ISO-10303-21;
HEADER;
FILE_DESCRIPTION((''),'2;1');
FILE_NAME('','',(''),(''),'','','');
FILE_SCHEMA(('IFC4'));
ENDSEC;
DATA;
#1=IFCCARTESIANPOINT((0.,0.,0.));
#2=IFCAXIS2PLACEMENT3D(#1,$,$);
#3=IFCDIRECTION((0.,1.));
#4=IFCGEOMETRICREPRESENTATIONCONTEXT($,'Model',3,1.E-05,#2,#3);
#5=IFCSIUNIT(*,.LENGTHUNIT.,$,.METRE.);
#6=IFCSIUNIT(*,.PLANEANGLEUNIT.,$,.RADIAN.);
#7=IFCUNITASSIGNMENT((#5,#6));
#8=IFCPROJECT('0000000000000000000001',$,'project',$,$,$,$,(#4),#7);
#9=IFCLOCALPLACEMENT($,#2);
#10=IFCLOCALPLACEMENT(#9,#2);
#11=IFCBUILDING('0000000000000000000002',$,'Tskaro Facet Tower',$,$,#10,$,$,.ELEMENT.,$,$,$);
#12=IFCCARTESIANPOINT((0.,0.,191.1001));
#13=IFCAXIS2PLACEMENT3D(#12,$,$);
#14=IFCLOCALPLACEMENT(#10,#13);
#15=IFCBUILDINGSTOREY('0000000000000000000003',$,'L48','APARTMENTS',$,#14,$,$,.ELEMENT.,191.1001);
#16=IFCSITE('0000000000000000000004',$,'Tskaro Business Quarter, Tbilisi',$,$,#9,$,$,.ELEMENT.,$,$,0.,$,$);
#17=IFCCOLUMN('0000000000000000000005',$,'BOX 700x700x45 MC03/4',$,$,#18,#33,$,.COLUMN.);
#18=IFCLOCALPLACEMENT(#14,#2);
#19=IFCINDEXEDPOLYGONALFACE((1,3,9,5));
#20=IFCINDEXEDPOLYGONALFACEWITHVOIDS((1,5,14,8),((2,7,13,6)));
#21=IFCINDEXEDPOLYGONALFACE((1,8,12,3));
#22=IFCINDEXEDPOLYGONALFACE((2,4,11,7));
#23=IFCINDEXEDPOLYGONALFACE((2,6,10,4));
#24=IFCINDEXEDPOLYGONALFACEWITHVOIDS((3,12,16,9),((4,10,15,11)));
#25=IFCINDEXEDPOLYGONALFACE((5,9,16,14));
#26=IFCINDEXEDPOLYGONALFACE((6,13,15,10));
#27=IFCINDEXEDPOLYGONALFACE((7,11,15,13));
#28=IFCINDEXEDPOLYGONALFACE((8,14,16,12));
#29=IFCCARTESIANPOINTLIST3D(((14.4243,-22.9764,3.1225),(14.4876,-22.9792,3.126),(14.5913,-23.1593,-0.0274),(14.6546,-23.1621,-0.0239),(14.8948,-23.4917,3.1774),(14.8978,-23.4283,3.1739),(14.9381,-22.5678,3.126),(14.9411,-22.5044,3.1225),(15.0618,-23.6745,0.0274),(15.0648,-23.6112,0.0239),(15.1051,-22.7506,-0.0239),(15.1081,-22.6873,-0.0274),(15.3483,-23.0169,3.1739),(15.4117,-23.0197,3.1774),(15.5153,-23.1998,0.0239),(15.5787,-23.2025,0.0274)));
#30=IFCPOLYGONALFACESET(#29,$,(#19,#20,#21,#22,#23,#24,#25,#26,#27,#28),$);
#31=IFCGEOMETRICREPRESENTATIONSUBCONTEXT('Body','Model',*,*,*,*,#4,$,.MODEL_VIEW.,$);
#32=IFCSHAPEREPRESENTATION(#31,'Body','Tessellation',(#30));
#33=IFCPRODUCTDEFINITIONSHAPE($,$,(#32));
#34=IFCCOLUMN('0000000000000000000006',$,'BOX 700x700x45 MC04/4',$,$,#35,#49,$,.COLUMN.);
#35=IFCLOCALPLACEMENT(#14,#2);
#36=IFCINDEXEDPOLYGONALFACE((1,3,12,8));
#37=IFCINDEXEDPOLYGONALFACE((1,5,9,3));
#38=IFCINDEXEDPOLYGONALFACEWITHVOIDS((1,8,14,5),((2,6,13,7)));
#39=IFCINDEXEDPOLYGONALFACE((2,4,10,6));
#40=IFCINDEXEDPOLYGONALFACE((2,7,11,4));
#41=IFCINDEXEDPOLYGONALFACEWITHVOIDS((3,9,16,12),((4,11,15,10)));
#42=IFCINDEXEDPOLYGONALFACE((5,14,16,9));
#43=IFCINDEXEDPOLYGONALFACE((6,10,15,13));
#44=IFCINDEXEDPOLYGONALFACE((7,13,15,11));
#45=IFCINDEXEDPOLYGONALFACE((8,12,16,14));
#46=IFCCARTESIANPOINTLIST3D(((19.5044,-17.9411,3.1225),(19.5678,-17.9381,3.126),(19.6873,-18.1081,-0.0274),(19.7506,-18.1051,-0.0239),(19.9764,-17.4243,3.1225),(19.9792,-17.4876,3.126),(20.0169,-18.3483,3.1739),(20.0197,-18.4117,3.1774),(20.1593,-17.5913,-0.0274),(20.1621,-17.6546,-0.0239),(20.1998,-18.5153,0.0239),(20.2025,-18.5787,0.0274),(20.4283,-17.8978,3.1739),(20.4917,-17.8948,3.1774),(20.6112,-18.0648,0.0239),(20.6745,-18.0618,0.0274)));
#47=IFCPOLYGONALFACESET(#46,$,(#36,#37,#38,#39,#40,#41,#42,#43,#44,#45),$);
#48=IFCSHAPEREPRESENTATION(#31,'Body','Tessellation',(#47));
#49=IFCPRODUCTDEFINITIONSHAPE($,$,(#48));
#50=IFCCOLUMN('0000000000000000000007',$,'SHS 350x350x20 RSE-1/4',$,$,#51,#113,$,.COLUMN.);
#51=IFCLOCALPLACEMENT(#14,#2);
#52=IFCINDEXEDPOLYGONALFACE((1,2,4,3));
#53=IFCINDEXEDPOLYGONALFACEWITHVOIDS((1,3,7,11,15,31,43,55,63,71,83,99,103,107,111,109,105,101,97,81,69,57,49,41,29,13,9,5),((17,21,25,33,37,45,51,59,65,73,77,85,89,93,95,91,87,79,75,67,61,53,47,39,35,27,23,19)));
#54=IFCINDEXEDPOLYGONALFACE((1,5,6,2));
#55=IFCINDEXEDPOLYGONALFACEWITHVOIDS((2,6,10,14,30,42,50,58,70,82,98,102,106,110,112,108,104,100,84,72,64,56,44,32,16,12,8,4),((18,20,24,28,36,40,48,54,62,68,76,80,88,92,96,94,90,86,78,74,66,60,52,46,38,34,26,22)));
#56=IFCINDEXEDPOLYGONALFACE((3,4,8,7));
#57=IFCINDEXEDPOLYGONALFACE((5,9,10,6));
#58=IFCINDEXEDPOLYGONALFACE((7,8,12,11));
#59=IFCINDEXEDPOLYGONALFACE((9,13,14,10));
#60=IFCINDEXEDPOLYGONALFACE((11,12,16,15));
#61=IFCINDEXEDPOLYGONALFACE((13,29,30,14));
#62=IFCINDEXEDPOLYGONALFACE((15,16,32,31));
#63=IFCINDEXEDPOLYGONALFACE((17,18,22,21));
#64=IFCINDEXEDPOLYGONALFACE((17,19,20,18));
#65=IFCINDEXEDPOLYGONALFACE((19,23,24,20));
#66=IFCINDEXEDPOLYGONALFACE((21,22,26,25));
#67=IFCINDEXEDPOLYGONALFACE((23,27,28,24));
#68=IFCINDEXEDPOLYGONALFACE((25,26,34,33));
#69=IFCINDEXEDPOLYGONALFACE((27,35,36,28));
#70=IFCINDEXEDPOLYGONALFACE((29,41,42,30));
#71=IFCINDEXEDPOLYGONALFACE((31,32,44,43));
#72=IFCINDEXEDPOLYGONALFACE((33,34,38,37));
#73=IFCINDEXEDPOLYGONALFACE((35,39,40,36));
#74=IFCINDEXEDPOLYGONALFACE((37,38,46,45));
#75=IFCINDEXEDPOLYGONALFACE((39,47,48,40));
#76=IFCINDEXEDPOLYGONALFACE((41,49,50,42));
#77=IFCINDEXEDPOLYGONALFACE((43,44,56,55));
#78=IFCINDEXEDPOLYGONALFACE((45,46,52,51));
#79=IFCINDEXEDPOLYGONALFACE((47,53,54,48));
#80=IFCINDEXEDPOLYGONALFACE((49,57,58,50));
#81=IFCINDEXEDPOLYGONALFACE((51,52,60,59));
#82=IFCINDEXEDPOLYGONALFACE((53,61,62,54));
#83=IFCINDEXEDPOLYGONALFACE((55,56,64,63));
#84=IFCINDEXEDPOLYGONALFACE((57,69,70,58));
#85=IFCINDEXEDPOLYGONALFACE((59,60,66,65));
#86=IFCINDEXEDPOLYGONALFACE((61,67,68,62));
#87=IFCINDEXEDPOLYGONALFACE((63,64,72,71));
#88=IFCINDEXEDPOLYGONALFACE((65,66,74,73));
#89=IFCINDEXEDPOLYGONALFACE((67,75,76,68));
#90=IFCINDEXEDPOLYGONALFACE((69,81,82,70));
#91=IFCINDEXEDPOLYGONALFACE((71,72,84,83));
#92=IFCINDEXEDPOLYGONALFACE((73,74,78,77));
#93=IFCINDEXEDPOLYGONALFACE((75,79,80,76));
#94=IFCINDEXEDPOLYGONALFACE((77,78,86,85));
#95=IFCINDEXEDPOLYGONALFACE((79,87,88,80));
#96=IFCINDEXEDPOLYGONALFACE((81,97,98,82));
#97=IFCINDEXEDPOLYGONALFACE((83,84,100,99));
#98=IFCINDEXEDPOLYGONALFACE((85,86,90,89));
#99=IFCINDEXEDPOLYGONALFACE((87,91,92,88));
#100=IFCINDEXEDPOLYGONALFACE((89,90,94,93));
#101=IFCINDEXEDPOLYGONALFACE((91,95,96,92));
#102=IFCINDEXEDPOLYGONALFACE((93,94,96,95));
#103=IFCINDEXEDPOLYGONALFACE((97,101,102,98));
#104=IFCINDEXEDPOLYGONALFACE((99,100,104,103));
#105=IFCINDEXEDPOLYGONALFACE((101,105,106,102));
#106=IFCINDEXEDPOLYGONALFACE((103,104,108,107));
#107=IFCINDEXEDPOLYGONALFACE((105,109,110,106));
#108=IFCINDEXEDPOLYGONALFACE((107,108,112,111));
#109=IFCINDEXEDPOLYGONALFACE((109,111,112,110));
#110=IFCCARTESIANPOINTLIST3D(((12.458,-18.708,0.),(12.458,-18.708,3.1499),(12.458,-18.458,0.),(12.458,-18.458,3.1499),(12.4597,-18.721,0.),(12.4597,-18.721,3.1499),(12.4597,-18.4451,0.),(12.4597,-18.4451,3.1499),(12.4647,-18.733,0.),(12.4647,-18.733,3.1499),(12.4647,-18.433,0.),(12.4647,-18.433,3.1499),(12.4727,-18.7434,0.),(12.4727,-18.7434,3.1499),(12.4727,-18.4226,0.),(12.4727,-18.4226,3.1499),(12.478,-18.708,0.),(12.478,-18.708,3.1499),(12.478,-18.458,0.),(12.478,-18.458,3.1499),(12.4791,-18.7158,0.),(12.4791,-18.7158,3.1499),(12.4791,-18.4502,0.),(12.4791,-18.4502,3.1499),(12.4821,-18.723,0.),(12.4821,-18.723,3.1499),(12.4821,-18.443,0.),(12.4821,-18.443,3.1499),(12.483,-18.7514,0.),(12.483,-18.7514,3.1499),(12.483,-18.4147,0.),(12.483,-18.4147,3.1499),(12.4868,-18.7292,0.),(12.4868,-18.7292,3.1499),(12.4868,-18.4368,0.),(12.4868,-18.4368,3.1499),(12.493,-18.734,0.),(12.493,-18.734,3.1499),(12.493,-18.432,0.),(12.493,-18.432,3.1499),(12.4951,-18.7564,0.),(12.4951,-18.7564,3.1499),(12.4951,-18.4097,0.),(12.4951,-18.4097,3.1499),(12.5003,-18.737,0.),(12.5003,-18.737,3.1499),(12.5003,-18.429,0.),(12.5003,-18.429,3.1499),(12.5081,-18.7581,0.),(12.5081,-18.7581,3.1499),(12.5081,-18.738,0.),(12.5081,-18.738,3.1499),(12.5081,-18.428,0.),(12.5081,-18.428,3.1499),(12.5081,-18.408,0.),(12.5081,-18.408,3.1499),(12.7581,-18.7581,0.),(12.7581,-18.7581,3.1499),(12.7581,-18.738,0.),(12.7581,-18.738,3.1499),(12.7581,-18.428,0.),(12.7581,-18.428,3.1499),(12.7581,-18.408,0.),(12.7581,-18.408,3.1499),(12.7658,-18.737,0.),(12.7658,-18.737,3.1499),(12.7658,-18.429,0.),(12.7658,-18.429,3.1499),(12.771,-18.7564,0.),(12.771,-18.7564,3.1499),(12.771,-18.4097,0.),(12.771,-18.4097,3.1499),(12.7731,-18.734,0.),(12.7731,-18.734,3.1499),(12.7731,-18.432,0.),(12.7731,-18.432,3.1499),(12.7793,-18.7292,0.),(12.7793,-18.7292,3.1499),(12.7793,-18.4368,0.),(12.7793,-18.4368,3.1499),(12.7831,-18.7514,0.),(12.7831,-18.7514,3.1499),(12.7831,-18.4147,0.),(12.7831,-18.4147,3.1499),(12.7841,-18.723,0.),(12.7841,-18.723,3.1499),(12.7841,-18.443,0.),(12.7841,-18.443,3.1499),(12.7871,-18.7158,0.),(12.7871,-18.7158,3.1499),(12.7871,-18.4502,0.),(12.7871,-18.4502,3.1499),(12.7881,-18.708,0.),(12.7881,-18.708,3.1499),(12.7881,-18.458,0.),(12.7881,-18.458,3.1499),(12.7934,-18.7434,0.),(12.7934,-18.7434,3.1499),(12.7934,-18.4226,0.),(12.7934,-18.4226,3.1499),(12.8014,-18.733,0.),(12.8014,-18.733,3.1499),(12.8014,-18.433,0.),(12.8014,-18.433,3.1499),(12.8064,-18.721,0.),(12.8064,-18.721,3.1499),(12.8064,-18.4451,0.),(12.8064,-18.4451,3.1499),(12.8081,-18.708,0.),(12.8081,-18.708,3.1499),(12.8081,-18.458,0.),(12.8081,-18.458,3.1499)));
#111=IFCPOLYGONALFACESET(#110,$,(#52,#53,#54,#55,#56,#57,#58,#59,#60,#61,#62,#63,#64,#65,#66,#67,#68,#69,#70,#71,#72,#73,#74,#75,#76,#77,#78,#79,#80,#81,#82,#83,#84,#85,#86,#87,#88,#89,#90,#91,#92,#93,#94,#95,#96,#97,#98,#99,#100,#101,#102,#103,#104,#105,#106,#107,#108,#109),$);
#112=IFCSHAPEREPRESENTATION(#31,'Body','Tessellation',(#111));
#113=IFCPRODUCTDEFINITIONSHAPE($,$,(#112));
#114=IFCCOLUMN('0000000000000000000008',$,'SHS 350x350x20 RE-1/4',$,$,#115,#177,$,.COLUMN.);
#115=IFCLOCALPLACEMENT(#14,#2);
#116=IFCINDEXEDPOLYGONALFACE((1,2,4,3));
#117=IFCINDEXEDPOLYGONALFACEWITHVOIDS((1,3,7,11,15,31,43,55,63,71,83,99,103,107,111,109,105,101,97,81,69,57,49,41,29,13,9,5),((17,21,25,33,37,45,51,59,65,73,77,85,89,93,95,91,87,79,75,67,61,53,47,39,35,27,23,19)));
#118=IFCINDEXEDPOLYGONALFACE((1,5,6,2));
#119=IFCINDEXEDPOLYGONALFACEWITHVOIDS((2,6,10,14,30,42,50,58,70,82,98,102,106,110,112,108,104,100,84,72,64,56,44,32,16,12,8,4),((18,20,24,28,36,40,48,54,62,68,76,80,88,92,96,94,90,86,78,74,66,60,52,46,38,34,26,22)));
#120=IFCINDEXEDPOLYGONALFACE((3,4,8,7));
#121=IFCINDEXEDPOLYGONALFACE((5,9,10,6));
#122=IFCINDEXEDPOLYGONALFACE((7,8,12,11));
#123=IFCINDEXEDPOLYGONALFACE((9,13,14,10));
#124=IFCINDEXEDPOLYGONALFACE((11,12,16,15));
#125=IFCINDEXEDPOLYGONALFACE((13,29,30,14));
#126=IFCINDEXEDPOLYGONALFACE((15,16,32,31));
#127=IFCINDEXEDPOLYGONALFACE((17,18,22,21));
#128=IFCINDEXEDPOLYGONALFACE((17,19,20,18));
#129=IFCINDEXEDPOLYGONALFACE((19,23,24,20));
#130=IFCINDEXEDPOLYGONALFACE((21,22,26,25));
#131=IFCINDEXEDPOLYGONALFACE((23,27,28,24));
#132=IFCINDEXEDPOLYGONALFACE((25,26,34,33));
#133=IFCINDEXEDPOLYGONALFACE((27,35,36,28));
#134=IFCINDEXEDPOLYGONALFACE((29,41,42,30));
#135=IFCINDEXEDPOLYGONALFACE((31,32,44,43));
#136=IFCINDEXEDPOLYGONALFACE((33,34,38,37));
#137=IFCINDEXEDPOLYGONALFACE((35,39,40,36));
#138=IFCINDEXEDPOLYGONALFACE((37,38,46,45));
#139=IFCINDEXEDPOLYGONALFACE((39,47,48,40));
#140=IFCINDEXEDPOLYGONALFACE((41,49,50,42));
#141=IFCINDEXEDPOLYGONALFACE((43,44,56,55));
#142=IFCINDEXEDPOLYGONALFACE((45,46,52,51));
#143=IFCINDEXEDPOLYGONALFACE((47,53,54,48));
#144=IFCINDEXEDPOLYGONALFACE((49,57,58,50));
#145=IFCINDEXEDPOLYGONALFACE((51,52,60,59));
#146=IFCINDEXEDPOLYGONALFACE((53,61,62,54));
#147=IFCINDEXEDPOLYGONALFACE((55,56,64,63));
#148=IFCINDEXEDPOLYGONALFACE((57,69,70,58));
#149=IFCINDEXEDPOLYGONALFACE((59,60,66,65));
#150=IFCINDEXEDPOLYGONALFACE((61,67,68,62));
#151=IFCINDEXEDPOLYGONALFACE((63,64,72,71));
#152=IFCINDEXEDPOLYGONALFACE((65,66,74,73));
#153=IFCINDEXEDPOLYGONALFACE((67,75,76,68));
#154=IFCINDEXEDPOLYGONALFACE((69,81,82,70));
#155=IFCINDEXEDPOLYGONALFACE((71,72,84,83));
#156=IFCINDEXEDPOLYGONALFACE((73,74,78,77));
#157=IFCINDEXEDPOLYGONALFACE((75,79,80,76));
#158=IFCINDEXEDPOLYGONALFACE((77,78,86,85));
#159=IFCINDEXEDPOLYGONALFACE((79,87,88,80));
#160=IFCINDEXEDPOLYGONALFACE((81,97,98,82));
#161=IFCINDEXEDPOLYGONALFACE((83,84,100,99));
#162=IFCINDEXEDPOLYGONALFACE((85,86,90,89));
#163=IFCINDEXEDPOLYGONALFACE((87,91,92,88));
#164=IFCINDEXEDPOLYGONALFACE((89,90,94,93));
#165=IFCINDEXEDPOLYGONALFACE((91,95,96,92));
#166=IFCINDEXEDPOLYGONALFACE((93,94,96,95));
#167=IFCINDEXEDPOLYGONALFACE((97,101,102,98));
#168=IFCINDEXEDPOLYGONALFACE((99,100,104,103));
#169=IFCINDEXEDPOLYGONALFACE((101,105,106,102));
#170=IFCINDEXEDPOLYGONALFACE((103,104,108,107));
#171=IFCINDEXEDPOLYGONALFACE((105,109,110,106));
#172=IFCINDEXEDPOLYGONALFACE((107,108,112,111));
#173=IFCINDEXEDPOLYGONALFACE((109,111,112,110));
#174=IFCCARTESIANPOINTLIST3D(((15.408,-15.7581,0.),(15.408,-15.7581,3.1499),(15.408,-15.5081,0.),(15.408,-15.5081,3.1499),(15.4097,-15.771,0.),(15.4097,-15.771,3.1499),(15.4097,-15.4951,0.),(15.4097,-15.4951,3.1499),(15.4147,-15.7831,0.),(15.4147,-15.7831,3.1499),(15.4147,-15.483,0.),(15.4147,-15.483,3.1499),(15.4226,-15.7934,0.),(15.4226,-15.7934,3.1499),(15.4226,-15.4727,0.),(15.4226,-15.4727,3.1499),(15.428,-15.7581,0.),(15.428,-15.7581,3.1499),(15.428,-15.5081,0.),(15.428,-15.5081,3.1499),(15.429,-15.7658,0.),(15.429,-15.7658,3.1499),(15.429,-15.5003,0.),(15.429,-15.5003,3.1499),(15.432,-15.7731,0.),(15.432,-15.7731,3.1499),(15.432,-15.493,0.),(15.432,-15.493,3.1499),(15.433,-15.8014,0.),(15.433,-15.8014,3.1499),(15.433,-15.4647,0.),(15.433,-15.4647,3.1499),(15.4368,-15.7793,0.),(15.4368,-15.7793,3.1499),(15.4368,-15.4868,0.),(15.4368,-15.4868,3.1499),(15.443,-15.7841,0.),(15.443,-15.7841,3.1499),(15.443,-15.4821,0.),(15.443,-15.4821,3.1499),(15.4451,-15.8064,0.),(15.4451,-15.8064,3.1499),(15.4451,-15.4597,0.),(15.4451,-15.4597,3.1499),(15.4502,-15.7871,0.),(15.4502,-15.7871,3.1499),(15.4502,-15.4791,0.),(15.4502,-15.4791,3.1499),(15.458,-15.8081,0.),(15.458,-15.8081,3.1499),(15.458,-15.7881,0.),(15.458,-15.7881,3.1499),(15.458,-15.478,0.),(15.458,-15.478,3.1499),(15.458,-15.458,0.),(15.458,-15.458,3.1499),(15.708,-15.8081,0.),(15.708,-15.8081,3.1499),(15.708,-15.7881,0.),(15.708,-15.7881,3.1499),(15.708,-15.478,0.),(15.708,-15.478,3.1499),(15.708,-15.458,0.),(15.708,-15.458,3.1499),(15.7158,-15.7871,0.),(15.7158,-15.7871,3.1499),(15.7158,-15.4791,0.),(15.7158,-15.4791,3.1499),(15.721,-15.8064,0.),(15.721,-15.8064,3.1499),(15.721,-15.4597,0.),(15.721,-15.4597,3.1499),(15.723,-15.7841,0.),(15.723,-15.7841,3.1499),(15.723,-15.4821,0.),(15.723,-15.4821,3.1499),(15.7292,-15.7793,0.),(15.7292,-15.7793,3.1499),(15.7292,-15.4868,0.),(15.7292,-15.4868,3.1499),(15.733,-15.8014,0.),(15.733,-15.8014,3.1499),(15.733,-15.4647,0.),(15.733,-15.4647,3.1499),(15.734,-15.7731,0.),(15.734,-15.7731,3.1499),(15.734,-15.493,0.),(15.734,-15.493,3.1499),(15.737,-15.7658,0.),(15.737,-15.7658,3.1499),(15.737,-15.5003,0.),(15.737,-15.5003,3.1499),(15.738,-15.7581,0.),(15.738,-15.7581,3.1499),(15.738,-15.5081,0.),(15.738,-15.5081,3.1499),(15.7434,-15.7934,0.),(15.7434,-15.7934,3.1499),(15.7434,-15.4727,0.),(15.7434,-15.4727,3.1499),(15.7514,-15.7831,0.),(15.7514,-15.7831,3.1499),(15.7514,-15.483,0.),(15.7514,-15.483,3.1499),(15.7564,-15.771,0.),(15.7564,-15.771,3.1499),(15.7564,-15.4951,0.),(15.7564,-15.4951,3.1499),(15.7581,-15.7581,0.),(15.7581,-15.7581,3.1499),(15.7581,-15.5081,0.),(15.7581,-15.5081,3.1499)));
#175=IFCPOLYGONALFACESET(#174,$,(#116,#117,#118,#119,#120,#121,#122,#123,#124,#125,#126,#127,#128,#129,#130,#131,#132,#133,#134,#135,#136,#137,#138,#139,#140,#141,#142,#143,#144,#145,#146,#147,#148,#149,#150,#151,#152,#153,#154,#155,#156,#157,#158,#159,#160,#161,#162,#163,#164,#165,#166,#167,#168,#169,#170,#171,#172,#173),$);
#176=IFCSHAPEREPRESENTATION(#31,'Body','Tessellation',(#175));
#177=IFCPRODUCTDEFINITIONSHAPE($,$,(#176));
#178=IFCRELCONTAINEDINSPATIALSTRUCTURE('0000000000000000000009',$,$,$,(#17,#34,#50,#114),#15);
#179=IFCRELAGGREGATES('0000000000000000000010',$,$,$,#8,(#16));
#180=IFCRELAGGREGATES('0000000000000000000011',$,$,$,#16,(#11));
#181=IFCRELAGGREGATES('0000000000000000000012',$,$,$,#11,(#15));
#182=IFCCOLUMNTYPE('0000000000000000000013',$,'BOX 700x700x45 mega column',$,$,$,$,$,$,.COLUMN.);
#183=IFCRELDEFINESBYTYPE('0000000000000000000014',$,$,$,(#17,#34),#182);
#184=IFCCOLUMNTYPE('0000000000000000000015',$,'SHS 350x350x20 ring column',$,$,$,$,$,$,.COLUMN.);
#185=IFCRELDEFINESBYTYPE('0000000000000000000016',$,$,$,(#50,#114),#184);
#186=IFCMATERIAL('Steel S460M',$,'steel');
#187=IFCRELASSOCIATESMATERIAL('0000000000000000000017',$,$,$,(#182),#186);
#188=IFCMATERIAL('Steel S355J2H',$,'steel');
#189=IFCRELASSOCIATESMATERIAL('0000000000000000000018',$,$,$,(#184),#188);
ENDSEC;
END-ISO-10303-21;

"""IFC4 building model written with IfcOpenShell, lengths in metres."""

from ifc_helpers import new_model, si_unit, direction, frame, origin, origin_2d, place, context, subcontext, project, spatial, hollow_rectangle, extrude, material, material_profile, profile_set, type_object, element, save


model = new_model("IFC4")

# Units and contexts
model_context = context("Model", 3, precision=1e-05, world=origin(), true_north=direction((0.0, 1.0)))
body_context = subcontext(model_context, "Body", "Model", "MODEL_VIEW")
ifc_project = project(units=[si_unit("LENGTHUNIT", "METRE"), si_unit("PLANEANGLEUNIT", "RADIAN")], contexts=[model_context])

# Site, building, storey
site_placement = place(None, origin())
site = spatial("IfcSite", under=ifc_project, at=site_placement, Name="Tskaro Business Quarter, Tbilisi", CompositionType="ELEMENT", RefElevation=0.0)
building_placement = place(site_placement, origin())
building = spatial("IfcBuilding", under=site, at=building_placement, Name="Tskaro Facet Tower", CompositionType="ELEMENT")
storey_placement = place(building_placement, frame((0.0, 0.0, 191.1001)))
storey = spatial("IfcBuildingStorey", under=building, at=storey_placement, Name="L48", Description="APARTMENTS", CompositionType="ELEMENT", Elevation=191.1001)

# Columns
ifc_material_1 = material(Name="Steel S460M", Category="steel")
ifc_material_profile_1 = material_profile(ifc_material_1, hollow_rectangle(XDim=0.7, YDim=0.7, WallThickness=0.0449, at=origin_2d()), Name="BOX 700x700x45")
ifc_profile_set_1 = profile_set([ifc_material_profile_1], Name="Steel S460M")
column_type_1 = type_object("IfcColumnType", Name="BOX 700x700x45 mega column", PredefinedType="COLUMN", material=ifc_profile_set_1)
for number, where, z_axis, x_axis, name in (
    (1, (15.085, -23.1809, 0.0), (-0.052852, 0.057874, 0.996924), (-0.738421, -0.674339, 0.0), "BOX 700x700x45 MC03/4"),
    (2, (20.1809, -18.085, 0.0), (-0.057874, 0.052852, 0.996924), (-0.674339, -0.738421, 0.0), "BOX 700x700x45 MC04/4"),
):
    element("IfcColumn", number, at=place(storey_placement, frame(where, z_axis=z_axis, x_axis=x_axis)), inside=storey, type_object=column_type_1, Name=name, PredefinedType="COLUMN", context=body_context, shape_type="SweptSolid", body=[
        extrude(hollow_rectangle(XDim=0.7, YDim=0.7, WallThickness=0.0449, at=origin_2d()), origin(), (0.0, 0.0, 1.0), 3.1597),
    ])
ifc_material_2 = material(Name="Steel S355J2H", Category="steel")
ifc_material_profile_2 = material_profile(ifc_material_2, hollow_rectangle(XDim=0.3501, YDim=0.3501, WallThickness=0.02, InnerFilletRadius=0.03, OuterFilletRadius=0.05, at=origin_2d()), Name="SHS 350x350x20")
ifc_profile_set_2 = profile_set([ifc_material_profile_2], Name="Steel S355J2H")
column_type_2 = type_object("IfcColumnType", Name="SHS 350x350x20 ring column", PredefinedType="COLUMN", material=ifc_profile_set_2)
for number, where, z_axis, x_axis, name in (
    (3, (12.6331, -18.583, 0.0), (0.0, 0.0, 1.0), (1.0, 0.0, 0.0), "SHS 350x350x20 RSE-1/4"),
    (4, (15.583, -15.6331, 0.0), (0.0, 0.0, 1.0), (1.0, 0.0, 0.0), "SHS 350x350x20 RE-1/4"),
):
    element("IfcColumn", number, at=place(storey_placement, frame(where, z_axis=z_axis, x_axis=x_axis)), inside=storey, type_object=column_type_2, Name=name, PredefinedType="COLUMN", context=body_context, shape_type="SweptSolid", body=[
        extrude(hollow_rectangle(XDim=0.3501, YDim=0.3501, WallThickness=0.02, InnerFilletRadius=0.03, OuterFilletRadius=0.05, at=origin_2d()), origin(), (0.0, 0.0, 1.0), 3.1499),
    ])

save(model, "model.ifc")
